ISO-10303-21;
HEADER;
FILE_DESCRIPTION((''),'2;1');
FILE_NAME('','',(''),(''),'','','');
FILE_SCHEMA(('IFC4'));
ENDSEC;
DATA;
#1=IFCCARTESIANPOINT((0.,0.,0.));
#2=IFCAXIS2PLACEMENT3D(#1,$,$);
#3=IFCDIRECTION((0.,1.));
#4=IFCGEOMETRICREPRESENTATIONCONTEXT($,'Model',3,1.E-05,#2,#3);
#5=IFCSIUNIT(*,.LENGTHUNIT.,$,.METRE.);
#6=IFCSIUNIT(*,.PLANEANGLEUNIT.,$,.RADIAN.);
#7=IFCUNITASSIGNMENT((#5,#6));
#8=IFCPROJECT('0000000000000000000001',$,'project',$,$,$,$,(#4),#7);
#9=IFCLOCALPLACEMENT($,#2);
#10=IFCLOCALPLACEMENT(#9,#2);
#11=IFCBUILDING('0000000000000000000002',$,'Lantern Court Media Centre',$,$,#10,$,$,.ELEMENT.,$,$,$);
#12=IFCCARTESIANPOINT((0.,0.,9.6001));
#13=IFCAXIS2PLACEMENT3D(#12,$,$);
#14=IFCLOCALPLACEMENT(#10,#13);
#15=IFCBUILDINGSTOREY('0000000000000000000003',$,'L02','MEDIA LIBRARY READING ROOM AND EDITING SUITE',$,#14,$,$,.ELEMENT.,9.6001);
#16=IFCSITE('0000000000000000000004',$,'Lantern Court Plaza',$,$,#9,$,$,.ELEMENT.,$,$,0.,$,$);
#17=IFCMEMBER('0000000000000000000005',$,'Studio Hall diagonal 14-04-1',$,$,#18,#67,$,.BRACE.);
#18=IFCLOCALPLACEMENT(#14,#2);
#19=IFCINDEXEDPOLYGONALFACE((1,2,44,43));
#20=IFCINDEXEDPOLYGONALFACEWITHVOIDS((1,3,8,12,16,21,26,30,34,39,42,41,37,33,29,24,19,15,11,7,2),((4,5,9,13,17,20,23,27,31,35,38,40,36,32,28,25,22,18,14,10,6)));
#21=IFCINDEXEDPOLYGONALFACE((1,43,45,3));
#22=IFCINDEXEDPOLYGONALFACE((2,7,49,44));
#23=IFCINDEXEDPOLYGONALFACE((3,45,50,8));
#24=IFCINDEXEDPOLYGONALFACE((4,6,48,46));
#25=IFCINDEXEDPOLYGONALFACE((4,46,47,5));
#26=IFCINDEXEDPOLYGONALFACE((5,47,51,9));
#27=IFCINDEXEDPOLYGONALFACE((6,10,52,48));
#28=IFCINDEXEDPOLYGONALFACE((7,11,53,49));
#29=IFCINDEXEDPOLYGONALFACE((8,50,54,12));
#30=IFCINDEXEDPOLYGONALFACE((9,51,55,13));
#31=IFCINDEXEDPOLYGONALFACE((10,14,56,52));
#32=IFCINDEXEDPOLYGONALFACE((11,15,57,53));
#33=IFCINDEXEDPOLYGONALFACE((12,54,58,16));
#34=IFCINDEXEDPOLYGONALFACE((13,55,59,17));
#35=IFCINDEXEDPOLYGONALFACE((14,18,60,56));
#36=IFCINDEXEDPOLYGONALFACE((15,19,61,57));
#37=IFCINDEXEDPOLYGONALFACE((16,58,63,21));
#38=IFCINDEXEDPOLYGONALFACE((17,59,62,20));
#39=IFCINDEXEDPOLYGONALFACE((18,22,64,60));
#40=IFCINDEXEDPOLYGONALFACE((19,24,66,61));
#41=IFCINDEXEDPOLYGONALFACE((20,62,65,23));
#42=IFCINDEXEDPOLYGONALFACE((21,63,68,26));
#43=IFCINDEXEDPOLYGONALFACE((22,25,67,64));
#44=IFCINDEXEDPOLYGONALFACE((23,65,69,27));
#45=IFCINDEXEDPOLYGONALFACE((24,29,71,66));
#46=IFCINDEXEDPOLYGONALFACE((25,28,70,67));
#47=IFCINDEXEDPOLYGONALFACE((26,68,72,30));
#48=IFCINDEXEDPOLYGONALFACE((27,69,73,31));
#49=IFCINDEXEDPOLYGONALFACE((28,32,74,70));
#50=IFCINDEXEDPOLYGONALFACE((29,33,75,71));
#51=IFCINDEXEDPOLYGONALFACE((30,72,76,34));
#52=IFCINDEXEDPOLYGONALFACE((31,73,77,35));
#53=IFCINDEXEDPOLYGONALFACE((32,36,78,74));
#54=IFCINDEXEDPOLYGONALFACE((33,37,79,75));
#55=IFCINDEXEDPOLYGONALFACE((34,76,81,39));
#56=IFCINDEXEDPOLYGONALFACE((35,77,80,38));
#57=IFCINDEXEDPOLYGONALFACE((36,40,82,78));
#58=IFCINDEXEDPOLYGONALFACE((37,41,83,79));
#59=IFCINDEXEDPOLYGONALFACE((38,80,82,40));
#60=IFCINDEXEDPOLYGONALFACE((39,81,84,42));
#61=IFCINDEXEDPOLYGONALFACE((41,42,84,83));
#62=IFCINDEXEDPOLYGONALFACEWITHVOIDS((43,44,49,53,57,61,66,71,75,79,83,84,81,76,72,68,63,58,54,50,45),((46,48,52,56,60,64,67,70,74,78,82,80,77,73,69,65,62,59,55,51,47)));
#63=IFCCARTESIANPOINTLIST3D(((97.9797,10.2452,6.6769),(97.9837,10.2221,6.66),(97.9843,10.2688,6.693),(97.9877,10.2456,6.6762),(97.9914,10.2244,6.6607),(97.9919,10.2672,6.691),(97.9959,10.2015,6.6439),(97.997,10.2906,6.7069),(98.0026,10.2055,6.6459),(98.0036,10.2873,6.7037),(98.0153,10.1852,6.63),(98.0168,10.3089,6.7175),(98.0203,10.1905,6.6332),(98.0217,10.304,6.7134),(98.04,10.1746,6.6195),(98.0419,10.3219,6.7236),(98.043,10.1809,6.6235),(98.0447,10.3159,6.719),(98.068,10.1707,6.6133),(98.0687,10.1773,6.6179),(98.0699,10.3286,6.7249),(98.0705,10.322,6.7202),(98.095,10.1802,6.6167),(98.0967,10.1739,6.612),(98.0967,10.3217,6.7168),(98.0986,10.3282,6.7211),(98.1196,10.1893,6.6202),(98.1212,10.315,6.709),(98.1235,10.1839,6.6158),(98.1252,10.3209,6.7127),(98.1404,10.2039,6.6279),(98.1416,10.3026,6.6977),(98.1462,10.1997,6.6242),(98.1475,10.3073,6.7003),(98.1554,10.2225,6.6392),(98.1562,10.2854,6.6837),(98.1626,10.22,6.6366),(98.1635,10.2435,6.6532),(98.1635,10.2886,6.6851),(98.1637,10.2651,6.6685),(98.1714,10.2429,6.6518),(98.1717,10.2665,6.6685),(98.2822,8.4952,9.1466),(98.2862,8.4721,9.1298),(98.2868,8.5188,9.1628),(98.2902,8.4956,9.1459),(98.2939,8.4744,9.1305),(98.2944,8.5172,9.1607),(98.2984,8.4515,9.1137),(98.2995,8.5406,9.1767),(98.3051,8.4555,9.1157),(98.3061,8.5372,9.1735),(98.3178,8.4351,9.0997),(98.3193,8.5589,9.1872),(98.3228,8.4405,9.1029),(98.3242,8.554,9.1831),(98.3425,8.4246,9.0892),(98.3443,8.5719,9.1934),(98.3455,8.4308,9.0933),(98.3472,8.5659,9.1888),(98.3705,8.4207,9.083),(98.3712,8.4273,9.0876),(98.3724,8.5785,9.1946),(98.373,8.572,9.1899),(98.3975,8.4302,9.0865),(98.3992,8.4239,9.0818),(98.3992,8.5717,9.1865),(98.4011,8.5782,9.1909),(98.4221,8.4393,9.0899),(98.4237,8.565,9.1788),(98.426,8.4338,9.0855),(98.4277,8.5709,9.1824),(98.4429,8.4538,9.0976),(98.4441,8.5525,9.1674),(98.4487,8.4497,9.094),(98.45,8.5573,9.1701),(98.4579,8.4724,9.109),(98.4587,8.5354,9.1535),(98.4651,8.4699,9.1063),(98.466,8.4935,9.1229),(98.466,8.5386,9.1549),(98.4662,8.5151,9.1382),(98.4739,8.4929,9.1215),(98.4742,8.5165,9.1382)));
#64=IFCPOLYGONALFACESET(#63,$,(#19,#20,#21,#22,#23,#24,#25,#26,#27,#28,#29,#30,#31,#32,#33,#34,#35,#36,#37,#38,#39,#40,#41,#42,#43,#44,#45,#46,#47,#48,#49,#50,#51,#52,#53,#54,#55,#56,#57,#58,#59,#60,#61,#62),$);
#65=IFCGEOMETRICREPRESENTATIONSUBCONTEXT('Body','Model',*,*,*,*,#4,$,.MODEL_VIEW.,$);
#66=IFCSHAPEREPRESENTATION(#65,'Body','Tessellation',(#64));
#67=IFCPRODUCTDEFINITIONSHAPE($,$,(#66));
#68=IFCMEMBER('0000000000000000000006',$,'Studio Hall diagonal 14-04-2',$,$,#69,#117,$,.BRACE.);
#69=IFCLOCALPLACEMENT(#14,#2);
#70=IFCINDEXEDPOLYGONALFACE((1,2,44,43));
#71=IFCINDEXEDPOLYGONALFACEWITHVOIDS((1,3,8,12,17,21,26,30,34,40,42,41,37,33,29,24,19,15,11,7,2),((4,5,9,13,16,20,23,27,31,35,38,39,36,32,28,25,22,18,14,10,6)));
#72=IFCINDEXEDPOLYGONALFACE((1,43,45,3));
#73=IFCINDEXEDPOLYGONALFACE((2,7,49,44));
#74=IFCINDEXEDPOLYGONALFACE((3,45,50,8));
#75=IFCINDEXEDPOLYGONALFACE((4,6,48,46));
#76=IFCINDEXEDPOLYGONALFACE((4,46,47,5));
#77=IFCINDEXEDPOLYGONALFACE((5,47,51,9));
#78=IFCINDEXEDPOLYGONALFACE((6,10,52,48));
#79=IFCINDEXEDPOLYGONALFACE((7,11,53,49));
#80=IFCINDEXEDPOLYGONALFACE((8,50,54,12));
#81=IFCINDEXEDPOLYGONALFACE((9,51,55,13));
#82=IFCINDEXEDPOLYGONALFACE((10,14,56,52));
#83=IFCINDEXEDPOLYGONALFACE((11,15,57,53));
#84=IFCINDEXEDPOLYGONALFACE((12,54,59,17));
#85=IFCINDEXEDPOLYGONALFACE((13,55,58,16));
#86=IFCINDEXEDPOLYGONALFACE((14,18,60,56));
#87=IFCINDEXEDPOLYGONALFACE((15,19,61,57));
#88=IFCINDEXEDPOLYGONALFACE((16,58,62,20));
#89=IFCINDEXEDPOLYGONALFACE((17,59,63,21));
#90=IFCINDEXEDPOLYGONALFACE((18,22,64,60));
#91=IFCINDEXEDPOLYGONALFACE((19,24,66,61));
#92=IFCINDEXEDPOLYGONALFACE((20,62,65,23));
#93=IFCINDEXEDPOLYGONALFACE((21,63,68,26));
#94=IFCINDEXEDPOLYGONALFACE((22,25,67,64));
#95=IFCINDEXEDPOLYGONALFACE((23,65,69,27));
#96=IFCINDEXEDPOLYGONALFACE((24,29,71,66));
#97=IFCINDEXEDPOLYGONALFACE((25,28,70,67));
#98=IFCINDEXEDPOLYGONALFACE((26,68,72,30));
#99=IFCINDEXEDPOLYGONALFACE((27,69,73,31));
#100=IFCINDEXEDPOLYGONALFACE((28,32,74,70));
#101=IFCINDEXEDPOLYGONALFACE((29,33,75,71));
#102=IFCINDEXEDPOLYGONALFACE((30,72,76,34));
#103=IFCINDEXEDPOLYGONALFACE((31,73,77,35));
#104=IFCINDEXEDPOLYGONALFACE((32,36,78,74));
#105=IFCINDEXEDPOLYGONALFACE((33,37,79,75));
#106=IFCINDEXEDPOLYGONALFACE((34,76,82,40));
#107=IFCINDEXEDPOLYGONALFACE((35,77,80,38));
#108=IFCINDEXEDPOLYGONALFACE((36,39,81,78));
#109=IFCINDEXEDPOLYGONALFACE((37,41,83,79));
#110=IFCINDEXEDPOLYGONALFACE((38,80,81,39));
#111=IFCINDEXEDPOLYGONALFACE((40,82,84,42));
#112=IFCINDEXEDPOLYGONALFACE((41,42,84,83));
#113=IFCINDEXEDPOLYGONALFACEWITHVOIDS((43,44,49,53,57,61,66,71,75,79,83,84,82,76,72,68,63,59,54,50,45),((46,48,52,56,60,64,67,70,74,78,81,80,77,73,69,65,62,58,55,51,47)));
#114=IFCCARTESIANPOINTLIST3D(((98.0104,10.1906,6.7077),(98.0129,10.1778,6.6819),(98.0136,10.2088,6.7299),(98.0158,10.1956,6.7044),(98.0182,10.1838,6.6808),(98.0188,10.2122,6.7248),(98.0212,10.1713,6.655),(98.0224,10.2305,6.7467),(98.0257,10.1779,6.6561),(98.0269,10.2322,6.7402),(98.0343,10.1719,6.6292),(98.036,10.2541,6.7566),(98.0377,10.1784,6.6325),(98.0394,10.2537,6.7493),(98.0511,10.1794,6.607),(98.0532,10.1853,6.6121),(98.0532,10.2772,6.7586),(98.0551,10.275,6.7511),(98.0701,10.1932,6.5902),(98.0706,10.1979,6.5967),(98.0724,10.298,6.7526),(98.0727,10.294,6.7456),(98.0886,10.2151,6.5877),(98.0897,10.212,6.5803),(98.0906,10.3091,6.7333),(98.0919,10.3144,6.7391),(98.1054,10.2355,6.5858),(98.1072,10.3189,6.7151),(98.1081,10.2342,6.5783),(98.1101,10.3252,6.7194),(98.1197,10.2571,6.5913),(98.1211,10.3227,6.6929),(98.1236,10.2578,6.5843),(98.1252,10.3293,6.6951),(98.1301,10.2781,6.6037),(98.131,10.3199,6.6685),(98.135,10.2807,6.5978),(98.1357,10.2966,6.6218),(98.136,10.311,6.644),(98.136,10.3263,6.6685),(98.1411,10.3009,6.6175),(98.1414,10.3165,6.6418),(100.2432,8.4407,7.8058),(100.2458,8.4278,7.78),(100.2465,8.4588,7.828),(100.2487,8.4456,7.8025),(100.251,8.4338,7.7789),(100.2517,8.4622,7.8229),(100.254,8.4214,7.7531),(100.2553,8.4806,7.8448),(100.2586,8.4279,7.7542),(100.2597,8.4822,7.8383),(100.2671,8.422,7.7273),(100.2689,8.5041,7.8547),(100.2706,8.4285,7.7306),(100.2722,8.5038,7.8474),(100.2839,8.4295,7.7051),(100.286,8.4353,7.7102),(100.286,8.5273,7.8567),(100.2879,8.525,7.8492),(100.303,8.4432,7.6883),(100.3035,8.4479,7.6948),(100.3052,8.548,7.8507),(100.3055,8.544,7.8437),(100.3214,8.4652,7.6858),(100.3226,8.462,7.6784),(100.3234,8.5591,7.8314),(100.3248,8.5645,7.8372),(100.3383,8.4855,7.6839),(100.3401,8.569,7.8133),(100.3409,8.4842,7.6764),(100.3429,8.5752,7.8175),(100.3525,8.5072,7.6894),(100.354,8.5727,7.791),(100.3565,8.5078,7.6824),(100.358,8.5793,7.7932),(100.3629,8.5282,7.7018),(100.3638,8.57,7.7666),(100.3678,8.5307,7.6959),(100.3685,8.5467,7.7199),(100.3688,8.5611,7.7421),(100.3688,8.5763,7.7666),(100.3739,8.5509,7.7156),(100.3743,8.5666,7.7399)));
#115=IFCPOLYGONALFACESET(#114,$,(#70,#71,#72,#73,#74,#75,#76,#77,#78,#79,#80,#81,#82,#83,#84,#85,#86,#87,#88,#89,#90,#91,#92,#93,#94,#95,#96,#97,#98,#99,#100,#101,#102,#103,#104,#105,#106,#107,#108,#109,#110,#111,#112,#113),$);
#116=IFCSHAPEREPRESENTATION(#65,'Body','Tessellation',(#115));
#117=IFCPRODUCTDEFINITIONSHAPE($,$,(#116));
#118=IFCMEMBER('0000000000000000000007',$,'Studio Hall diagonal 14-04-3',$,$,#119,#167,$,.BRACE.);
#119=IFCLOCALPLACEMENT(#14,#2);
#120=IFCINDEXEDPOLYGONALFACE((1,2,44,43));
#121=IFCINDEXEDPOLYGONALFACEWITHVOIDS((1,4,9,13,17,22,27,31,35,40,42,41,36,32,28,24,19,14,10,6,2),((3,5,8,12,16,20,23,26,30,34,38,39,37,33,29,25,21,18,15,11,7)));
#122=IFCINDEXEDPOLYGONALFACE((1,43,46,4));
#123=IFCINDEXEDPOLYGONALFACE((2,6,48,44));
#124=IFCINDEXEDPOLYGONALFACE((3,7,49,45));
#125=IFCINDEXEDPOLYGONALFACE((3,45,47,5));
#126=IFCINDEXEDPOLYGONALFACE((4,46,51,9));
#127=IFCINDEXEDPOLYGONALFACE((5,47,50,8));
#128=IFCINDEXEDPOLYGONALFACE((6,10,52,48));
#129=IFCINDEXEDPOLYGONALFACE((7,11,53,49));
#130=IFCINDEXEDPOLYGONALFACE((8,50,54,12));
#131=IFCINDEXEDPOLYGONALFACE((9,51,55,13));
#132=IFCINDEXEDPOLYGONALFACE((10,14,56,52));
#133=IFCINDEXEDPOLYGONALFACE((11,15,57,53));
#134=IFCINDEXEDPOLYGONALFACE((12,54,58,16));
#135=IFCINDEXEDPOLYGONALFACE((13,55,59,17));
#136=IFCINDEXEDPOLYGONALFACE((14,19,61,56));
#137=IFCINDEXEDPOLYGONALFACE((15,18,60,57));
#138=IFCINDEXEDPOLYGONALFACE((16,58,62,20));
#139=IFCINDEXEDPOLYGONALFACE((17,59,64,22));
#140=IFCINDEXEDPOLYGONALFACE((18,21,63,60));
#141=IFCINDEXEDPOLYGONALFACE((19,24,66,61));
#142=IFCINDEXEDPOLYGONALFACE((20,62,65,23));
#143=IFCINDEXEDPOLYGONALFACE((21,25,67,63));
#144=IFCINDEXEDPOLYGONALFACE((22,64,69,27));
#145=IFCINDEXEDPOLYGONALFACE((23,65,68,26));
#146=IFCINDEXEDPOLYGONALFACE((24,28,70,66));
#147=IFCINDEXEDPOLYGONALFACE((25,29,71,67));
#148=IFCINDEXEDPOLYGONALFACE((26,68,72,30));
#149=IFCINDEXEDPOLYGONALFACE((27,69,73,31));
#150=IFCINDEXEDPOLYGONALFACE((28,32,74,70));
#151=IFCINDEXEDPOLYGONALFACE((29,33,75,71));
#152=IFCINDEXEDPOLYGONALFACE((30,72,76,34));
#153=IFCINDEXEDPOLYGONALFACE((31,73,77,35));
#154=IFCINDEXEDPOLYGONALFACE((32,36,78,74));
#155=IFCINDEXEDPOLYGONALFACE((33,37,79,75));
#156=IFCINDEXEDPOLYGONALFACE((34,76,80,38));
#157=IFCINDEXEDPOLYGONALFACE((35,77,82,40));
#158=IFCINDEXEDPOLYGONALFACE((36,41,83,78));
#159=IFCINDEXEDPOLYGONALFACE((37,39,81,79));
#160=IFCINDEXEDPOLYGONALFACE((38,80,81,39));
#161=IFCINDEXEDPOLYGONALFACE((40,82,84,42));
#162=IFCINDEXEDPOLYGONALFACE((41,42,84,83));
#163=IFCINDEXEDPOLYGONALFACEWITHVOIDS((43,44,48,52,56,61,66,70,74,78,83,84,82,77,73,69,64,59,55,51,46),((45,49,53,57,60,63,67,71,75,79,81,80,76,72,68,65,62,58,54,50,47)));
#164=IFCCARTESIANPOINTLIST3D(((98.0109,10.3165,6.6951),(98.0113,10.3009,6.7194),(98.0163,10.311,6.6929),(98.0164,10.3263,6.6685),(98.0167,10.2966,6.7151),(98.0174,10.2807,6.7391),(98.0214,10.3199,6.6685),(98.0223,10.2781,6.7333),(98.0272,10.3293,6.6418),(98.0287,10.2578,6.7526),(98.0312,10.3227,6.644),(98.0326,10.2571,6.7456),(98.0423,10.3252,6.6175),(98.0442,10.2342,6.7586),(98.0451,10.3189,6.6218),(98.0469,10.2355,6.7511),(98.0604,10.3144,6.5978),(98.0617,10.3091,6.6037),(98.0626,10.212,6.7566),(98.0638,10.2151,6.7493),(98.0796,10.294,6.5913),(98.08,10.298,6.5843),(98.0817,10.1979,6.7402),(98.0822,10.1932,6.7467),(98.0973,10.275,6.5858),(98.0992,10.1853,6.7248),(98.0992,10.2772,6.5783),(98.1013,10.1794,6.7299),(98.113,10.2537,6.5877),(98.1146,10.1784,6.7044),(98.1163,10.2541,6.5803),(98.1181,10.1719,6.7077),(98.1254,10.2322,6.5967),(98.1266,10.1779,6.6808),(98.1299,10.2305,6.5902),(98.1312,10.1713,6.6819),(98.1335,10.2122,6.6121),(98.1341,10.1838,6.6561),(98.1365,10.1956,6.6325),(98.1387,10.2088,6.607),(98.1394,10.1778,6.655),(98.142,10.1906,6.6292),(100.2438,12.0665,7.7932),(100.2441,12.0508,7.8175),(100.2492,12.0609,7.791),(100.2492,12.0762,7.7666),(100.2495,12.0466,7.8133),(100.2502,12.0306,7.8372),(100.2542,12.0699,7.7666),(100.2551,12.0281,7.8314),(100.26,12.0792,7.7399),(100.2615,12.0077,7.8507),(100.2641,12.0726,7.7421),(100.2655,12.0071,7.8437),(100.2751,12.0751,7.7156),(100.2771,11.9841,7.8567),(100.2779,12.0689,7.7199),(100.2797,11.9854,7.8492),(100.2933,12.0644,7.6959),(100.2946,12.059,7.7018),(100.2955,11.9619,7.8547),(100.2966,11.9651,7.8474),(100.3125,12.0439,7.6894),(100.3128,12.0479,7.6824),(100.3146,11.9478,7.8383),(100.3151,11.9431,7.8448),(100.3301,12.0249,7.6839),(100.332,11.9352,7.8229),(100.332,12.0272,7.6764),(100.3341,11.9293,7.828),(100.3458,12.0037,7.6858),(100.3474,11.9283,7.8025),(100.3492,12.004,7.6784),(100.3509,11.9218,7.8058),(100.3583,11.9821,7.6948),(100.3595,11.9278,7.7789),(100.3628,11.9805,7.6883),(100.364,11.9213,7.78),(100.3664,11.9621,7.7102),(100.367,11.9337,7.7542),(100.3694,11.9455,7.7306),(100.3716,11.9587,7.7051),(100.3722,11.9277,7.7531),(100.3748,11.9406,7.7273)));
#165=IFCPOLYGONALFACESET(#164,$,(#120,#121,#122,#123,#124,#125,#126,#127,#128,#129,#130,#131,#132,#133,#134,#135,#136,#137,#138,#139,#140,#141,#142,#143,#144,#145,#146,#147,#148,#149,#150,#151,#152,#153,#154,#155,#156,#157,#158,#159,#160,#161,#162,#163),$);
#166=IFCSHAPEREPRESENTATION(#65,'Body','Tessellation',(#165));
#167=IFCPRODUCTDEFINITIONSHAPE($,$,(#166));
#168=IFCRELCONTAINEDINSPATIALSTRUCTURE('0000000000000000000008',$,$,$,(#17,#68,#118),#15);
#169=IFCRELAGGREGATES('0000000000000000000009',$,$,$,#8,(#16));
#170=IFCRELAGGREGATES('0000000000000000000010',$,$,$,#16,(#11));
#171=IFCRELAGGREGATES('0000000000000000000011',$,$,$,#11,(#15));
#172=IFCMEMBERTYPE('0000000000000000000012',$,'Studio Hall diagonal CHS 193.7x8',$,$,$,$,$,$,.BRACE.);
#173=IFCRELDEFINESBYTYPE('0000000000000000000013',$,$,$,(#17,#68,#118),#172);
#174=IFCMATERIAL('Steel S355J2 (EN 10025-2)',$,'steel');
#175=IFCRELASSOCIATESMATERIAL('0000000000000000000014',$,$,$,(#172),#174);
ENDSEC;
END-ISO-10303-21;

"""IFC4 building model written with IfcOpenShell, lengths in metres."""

from ifc_helpers import new_model, si_unit, direction, frame, origin, origin_2d, place, context, subcontext, project, spatial, hollow_circle, extrude, material, material_profile, profile_set, type_object, element, save


model = new_model("IFC4")

# Units and contexts
model_context = context("Model", 3, precision=1e-05, world=origin(), true_north=direction((0.0, 1.0)))
body_context = subcontext(model_context, "Body", "Model", "MODEL_VIEW")
ifc_project = project(units=[si_unit("LENGTHUNIT", "METRE"), si_unit("PLANEANGLEUNIT", "RADIAN")], contexts=[model_context])

# Site, building, storey
site_placement = place(None, origin())
site = spatial("IfcSite", under=ifc_project, at=site_placement, Name="Lantern Court Plaza", CompositionType="ELEMENT", RefElevation=0.0)
building_placement = place(site_placement, origin())
building = spatial("IfcBuilding", under=site, at=building_placement, Name="Lantern Court Media Centre", CompositionType="ELEMENT")
storey_placement = place(building_placement, frame((0.0, 0.0, 9.6001)))
storey = spatial("IfcBuildingStorey", under=building, at=storey_placement, Name="L02", Description="MEDIA LIBRARY READING ROOM AND EDITING SUITE", CompositionType="ELEMENT", Elevation=9.6001)

# Members
ifc_material = material(Name="Steel S355J2 (EN 10025-2)", Category="steel")
ifc_material_profile_1 = material_profile(ifc_material, hollow_circle(Radius=0.0969, WallThickness=0.0081, at=origin_2d()), Name="Studio Hall diagonal CHS 193.7x8")
ifc_profile_set_1 = profile_set([ifc_material_profile_1], Name="Steel S355J2 (EN 10025-2)")
member_type_1 = type_object("IfcMemberType", Name="Studio Hall diagonal CHS 193.7x8", PredefinedType="BRACE", material=ifc_profile_set_1)
for number, where, z_axis, x_axis, name in (
    (1, (98.0762, 10.25, 6.6685), (0.099439, -0.575286, 0.811885), (0.985388, 0.170326, 0.0), "Studio Hall diagonal 14-04-1"),
    (2, (98.0762, 10.25, 6.6685), (0.734005, -0.575262, 0.360984), (0.616856, 0.787076, 0.0), "Studio Hall diagonal 14-04-2"),
    (3, (98.0762, 10.25, 6.6685), (0.734005, 0.575262, 0.360984), (-0.616856, 0.787076, 0.0), "Studio Hall diagonal 14-04-3"),
):
    element("IfcMember", number, at=place(storey_placement, frame(where, z_axis=z_axis, x_axis=x_axis)), inside=storey, type_object=member_type_1, Name=name, PredefinedType="BRACE", context=body_context, shape_type="SweptSolid", body=[
        extrude(hollow_circle(Radius=0.0969, WallThickness=0.0081, at=origin_2d()), origin(), (0.0, 0.0, 1.0), 3.042),
    ])

save(model, "model.ifc")
